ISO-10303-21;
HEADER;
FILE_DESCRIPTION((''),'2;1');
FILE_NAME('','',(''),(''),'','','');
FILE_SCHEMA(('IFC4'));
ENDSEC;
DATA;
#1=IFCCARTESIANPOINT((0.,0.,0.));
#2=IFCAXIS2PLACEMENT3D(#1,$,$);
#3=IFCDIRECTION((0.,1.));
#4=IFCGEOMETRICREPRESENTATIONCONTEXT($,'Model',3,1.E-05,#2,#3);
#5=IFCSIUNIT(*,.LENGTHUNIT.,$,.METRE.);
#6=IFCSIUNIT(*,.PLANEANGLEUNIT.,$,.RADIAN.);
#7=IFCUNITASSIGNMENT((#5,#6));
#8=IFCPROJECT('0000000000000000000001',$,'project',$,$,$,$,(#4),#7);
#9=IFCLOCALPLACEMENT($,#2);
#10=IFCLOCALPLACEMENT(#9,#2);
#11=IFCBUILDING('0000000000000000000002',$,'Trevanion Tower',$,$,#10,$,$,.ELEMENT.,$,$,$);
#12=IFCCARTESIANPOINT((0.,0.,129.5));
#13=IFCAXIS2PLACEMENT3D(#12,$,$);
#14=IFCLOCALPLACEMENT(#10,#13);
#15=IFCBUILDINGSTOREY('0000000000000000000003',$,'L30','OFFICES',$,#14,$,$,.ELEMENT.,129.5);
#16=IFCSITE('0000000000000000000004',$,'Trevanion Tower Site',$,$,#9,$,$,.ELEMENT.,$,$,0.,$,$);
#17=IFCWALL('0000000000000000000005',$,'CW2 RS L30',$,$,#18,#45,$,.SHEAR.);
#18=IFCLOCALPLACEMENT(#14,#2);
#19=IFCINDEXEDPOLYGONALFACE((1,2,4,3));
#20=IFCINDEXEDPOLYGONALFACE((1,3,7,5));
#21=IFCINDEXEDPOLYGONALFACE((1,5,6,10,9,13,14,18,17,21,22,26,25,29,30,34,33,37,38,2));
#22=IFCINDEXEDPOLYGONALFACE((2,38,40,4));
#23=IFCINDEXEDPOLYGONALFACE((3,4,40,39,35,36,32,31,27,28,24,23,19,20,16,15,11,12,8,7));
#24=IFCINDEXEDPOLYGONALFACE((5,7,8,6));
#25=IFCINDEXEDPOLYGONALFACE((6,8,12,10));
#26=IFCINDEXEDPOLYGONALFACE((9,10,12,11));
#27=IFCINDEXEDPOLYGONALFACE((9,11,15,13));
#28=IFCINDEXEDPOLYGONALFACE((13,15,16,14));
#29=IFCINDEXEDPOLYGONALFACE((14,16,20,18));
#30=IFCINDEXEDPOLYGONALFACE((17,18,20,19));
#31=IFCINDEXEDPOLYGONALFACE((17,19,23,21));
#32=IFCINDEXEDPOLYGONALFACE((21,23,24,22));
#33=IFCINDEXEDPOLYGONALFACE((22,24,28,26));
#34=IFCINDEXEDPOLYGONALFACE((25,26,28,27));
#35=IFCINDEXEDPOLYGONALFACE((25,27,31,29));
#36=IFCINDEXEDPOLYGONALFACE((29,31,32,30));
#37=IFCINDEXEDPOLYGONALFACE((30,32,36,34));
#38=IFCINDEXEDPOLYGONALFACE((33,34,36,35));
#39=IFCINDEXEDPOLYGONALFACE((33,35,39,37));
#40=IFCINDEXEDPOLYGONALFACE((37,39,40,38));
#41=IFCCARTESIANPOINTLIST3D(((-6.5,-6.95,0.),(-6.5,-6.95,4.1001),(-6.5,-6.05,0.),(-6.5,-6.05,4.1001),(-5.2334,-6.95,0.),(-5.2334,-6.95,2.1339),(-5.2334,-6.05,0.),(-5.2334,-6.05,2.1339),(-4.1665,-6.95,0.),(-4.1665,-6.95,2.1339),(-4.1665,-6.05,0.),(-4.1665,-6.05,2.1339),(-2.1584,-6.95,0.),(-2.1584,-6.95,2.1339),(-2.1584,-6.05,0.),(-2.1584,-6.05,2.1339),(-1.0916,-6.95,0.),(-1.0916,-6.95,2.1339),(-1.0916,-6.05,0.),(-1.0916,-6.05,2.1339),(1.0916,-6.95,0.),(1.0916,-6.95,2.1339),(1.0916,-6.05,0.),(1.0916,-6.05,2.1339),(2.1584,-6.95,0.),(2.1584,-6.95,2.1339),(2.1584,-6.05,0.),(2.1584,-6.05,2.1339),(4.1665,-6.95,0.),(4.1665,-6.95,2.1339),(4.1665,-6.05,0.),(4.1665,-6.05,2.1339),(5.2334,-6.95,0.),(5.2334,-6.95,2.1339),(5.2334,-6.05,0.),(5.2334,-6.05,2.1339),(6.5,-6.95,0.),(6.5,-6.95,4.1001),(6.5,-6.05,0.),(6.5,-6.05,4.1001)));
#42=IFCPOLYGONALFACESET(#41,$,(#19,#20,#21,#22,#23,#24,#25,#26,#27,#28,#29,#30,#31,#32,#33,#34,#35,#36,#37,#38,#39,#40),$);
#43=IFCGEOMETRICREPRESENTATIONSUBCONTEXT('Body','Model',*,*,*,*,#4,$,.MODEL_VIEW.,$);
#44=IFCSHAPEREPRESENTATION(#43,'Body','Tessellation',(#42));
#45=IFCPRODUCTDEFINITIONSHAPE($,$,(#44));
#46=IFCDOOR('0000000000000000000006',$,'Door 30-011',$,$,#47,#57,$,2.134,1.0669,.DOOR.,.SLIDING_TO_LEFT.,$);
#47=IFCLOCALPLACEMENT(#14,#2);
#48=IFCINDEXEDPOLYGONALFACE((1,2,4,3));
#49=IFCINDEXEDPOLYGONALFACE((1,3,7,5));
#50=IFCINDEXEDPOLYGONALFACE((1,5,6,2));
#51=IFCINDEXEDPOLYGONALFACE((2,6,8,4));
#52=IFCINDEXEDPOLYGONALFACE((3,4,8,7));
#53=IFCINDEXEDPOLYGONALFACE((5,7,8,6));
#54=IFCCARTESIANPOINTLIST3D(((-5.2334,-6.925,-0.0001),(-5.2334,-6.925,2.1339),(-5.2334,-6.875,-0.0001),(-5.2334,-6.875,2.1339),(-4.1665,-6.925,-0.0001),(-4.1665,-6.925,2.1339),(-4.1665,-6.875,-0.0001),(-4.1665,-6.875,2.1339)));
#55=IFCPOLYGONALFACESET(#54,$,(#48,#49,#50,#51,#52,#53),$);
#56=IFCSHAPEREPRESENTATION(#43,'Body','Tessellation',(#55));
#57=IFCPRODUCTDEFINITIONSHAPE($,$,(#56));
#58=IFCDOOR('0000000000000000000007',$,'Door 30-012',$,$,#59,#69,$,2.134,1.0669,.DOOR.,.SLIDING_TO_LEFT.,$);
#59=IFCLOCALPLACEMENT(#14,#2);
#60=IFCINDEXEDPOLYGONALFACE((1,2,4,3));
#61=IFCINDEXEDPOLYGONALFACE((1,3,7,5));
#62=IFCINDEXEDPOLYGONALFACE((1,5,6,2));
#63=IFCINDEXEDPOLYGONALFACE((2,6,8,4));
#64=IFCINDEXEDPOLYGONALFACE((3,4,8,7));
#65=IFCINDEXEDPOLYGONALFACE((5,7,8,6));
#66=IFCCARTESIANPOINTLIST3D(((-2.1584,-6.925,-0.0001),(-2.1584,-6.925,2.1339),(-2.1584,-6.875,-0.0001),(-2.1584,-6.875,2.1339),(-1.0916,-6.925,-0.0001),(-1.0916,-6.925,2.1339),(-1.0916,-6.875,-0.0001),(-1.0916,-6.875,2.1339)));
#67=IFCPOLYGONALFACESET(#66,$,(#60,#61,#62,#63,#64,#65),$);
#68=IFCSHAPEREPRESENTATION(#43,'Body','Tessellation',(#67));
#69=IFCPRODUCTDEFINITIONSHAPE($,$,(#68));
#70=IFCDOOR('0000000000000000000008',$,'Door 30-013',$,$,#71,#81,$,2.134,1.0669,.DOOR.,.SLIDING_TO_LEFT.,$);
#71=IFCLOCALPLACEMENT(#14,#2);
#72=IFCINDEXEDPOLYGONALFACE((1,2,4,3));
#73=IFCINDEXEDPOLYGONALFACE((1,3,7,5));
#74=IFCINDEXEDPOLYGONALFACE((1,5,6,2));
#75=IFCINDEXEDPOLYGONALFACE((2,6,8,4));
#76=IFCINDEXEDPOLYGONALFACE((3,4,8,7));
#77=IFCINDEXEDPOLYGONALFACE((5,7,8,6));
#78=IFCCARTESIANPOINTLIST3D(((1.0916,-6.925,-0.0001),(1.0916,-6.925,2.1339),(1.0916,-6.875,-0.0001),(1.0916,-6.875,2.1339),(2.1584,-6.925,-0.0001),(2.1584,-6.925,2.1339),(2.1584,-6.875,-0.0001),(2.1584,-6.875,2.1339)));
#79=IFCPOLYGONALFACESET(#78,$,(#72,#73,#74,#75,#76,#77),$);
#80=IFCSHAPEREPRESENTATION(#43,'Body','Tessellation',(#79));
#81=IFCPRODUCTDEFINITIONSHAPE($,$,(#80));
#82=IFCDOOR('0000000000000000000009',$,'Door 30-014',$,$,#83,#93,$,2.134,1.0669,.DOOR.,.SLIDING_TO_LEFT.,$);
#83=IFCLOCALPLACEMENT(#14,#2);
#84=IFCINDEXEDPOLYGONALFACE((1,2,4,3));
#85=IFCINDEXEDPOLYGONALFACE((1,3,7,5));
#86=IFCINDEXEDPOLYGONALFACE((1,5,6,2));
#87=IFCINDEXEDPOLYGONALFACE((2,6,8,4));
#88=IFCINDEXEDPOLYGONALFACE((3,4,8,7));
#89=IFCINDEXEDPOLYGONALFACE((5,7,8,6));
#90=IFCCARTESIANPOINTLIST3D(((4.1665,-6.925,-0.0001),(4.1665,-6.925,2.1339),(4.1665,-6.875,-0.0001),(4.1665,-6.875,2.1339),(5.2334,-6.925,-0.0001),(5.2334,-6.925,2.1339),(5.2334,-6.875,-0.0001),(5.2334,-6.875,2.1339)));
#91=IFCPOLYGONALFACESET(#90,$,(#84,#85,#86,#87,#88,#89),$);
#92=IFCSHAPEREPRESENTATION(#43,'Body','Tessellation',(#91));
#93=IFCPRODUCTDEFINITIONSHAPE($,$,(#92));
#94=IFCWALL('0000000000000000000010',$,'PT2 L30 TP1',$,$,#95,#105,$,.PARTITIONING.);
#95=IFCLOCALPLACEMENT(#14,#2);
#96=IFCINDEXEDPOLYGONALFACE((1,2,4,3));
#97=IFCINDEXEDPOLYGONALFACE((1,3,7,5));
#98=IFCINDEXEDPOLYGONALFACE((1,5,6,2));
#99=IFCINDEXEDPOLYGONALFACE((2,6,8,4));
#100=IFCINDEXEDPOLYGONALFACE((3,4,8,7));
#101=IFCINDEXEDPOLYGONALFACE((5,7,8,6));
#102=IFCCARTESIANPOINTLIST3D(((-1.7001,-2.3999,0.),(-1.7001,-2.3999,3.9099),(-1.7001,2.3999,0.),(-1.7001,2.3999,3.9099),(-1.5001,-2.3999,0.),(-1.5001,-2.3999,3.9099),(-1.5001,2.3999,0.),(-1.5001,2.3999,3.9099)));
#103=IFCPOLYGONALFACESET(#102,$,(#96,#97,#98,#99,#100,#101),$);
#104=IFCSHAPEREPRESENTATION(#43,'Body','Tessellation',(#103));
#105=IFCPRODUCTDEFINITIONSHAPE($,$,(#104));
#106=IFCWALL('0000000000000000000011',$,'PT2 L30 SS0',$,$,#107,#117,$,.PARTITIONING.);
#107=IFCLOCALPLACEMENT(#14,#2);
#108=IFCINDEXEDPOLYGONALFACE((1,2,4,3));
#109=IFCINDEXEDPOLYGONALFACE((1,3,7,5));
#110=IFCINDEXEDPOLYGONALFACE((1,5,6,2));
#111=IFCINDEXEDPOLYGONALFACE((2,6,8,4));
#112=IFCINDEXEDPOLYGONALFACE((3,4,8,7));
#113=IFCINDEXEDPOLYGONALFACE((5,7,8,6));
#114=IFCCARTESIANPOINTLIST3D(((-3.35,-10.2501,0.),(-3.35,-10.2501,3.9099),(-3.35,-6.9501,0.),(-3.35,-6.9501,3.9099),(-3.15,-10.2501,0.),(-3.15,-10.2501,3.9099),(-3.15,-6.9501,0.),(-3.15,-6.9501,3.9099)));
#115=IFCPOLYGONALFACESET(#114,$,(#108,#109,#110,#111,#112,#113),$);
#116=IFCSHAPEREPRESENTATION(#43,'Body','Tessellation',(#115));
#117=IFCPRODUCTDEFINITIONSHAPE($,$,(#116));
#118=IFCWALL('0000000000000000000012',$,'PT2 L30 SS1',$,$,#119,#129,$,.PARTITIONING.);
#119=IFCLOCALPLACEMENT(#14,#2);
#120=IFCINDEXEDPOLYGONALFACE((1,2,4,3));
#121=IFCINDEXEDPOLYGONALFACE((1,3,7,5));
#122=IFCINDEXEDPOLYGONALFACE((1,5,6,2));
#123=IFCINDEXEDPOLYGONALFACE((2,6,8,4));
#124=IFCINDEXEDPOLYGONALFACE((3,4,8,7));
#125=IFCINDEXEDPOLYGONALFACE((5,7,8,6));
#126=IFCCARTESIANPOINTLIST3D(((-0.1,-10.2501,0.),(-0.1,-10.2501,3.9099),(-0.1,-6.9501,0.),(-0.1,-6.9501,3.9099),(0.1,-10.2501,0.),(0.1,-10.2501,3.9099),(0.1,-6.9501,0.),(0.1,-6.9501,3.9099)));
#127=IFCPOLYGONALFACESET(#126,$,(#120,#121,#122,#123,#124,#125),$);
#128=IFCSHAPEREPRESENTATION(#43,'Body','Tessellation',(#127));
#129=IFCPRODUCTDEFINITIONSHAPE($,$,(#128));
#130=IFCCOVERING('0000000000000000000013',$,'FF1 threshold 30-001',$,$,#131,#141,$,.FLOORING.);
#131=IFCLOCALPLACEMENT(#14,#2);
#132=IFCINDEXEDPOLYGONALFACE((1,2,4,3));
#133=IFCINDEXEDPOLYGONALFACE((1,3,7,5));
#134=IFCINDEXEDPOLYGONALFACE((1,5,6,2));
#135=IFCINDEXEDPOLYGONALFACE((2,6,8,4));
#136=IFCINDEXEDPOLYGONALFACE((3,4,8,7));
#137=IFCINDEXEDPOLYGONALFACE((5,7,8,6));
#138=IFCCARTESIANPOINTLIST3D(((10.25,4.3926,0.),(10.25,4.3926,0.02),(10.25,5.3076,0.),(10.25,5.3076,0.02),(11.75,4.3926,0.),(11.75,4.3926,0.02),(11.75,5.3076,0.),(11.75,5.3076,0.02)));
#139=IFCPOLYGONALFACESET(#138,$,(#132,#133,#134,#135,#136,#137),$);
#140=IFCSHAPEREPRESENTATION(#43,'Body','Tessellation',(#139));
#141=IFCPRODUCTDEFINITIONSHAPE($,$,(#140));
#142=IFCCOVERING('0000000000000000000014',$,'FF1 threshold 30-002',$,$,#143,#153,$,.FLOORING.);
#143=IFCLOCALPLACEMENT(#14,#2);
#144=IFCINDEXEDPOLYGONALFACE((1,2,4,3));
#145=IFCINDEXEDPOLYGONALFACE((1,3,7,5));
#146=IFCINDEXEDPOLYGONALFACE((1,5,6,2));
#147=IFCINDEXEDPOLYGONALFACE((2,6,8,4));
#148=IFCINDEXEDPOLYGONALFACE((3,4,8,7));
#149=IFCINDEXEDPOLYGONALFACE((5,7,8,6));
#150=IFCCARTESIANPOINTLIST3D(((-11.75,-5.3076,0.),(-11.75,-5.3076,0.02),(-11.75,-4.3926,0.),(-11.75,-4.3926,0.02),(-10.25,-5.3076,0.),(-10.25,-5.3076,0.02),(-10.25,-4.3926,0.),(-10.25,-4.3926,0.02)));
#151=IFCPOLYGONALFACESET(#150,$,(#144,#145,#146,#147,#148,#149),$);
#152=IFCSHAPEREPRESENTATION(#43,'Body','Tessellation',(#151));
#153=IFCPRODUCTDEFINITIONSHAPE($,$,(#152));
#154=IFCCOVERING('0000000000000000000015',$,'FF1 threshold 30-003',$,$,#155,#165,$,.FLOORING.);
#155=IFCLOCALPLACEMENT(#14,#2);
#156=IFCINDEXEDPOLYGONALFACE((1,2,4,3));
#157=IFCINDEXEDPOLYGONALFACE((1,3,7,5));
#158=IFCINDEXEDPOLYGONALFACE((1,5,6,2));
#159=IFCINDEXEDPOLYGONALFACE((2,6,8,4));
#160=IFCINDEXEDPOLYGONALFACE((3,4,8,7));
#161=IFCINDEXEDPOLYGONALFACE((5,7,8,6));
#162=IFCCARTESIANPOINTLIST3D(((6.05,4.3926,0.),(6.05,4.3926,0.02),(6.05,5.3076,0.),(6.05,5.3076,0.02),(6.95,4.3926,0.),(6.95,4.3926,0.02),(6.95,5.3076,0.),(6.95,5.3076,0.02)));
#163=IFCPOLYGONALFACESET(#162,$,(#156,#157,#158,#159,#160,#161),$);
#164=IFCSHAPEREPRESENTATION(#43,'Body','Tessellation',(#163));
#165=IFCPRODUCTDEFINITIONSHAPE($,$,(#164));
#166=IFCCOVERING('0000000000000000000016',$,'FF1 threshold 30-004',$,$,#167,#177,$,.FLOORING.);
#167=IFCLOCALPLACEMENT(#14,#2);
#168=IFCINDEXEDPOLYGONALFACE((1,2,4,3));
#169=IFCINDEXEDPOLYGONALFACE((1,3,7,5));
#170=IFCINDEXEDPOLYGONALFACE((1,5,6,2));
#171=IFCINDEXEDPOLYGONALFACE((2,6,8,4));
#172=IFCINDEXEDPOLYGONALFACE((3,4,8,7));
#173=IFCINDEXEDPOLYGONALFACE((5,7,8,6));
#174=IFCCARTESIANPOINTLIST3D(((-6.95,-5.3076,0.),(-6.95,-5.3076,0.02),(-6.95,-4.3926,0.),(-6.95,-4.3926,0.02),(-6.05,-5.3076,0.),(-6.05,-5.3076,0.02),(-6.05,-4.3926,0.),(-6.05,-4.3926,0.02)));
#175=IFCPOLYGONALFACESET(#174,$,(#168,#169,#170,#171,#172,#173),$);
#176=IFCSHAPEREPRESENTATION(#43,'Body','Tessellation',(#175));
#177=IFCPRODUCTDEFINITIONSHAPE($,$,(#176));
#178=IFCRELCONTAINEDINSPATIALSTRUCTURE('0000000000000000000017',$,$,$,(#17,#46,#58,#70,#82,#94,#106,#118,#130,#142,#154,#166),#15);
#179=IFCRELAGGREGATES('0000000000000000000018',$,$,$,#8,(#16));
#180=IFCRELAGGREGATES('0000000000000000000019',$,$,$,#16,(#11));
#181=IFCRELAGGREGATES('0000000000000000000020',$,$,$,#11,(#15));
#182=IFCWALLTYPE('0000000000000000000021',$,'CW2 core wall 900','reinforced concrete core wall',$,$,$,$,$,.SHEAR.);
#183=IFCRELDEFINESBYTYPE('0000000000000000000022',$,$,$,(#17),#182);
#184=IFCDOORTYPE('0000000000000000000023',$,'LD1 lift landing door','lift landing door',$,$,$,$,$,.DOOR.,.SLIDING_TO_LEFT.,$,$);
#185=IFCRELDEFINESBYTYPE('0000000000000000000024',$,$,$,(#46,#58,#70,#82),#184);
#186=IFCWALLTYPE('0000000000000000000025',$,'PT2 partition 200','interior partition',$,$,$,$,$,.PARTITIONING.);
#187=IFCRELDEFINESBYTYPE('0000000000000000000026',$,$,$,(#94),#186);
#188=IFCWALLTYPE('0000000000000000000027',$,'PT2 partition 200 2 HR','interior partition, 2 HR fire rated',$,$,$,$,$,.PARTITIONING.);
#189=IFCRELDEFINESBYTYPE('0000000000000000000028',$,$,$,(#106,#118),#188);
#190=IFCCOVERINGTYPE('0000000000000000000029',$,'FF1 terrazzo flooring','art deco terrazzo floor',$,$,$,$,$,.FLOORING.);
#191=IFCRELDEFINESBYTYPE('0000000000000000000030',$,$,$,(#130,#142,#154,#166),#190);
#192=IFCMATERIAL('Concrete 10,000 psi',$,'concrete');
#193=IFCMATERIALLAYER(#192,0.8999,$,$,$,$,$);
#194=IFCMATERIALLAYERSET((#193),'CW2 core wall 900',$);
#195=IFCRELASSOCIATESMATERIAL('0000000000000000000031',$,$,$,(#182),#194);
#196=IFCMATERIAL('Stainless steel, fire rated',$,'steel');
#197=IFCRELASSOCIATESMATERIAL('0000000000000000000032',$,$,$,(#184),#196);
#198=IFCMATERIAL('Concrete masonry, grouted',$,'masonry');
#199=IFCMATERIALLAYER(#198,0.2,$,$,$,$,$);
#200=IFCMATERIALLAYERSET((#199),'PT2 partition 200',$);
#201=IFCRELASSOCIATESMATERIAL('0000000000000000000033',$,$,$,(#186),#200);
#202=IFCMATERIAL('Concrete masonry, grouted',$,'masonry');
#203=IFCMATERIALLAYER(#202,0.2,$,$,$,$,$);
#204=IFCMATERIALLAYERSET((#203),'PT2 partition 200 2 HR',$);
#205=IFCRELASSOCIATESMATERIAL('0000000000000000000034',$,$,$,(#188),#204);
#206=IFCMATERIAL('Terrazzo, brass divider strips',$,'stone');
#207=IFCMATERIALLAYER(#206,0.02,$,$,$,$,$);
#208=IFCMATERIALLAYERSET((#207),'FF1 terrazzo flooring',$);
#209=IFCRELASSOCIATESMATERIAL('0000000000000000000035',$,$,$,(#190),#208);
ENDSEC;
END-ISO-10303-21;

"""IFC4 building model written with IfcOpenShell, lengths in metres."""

from ifc_helpers import new_model, si_unit, direction, frame, frame_2d, origin, place, context, subcontext, project, spatial, polyline, rectangle, outline, extrude, material, layer, layer_set, type_object, element, fill, save


model = new_model("IFC4")

# Units and contexts
model_context = context("Model", 3, precision=1e-05, world=origin(), true_north=direction((0.0, 1.0)))
body_context = subcontext(model_context, "Body", "Model", "MODEL_VIEW")
ifc_project = project(units=[si_unit("LENGTHUNIT", "METRE"), si_unit("PLANEANGLEUNIT", "RADIAN")], contexts=[model_context])

# Site, building, storey
site_placement = place(None, origin())
site = spatial("IfcSite", under=ifc_project, at=site_placement, Name="Trevanion Tower Site", CompositionType="ELEMENT", RefElevation=0.0)
building_placement = place(site_placement, origin())
building = spatial("IfcBuilding", under=site, at=building_placement, Name="Trevanion Tower", CompositionType="ELEMENT")
storey_placement = place(building_placement, frame((0.0, 0.0, 129.5)))
storey = spatial("IfcBuildingStorey", under=building, at=storey_placement, Name="L30", Description="OFFICES", CompositionType="ELEMENT", Elevation=129.5)

# Wall, openings, doors
ifc_material_1 = material(Name="Concrete 10,000 psi", Category="concrete")
ifc_layer_1 = layer(ifc_material_1, 0.8999)
ifc_layer_set_1 = layer_set([ifc_layer_1], Name="CW2 core wall 900")
wall_type_1 = type_object("IfcWallType", Name="CW2 core wall 900", Description="reinforced concrete core wall", PredefinedType="SHEAR", material=ifc_layer_set_1)
wall_1_placement = place(storey_placement, frame((-6.5, -6.5, 0.0), z_axis=(0.0, 0.0, 1.0), x_axis=(1.0, 0.0, 0.0)))
wall_1 = element("IfcWall", 1, at=wall_1_placement, inside=storey, type_object=wall_type_1, Name="CW2 RS L30", PredefinedType="SHEAR", context=body_context, shape_type="SweptSolid", body=[
    extrude(rectangle(XDim=13.0, YDim=0.8999, at=frame_2d((6.5, 0.0))), origin(), (0.0, 0.0, 1.0), 4.1001),
])
opening_1_placement = place(wall_1_placement, frame((1.2666, 0.0, 0.0)))
opening_1 = element("IfcOpeningElement", 2, at=opening_1_placement, cuts=wall_1, PredefinedType="OPENING", context=body_context, shape_type="SweptSolid", body=[
    extrude(rectangle(XDim=1.0669, YDim=2.134, at=frame_2d((0.5334, 1.0669))), frame((0.0, 0.46, 0.0), z_axis=(0.0, -1.0, 0.0), x_axis=(1.0, 0.0, 0.0)), (0.0, 0.0, 1.0), 0.9199),
])
opening_2_placement = place(wall_1_placement, frame((4.3416, 0.0, 0.0)))
opening_2 = element("IfcOpeningElement", 3, at=opening_2_placement, cuts=wall_1, PredefinedType="OPENING", context=body_context, shape_type="SweptSolid", body=[
    extrude(rectangle(XDim=1.0669, YDim=2.134, at=frame_2d((0.5334, 1.0669))), frame((0.0, 0.46, 0.0), z_axis=(0.0, -1.0, 0.0), x_axis=(1.0, 0.0, 0.0)), (0.0, 0.0, 1.0), 0.9199),
])
opening_3_placement = place(wall_1_placement, frame((7.5916, 0.0, 0.0)))
opening_3 = element("IfcOpeningElement", 4, at=opening_3_placement, cuts=wall_1, PredefinedType="OPENING", context=body_context, shape_type="SweptSolid", body=[
    extrude(rectangle(XDim=1.0669, YDim=2.134, at=frame_2d((0.5334, 1.0669))), frame((0.0, 0.46, 0.0), z_axis=(0.0, -1.0, 0.0), x_axis=(1.0, 0.0, 0.0)), (0.0, 0.0, 1.0), 0.9199),
])
opening_4_placement = place(wall_1_placement, frame((10.6665, 0.0, 0.0)))
opening_4 = element("IfcOpeningElement", 5, at=opening_4_placement, cuts=wall_1, PredefinedType="OPENING", context=body_context, shape_type="SweptSolid", body=[
    extrude(rectangle(XDim=1.0669, YDim=2.134, at=frame_2d((0.5334, 1.0669))), frame((0.0, 0.46, 0.0), z_axis=(0.0, -1.0, 0.0), x_axis=(1.0, 0.0, 0.0)), (0.0, 0.0, 1.0), 0.9199),
])
ifc_material_2 = material(Name="Stainless steel, fire rated", Category="steel")
door_type = type_object("IfcDoorType", Name="LD1 lift landing door", Description="lift landing door", OperationType="SLIDING_TO_LEFT", PredefinedType="DOOR", material=ifc_material_2)
door_1_placement = place(opening_1_placement, origin())
door_1 = element("IfcDoor", 6, at=door_1_placement, inside=storey, type_object=door_type, Name="Door 30-011", OperationType="SLIDING_TO_LEFT", OverallHeight=2.134, OverallWidth=1.0669, PredefinedType="DOOR", context=body_context, shape_type="SweptSolid", body=[
    extrude(rectangle(XDim=1.0669, YDim=2.134, at=frame_2d((0.5334, 1.0669))), frame((0.0, -0.375, 0.0), z_axis=(0.0, -1.0, 0.0), x_axis=(1.0, 0.0, 0.0)), (0.0, 0.0, 1.0), 0.05),
])
fill(opening_1, door_1)
door_2_placement = place(opening_2_placement, origin())
door_2 = element("IfcDoor", 7, at=door_2_placement, inside=storey, type_object=door_type, Name="Door 30-012", OperationType="SLIDING_TO_LEFT", OverallHeight=2.134, OverallWidth=1.0669, PredefinedType="DOOR", context=body_context, shape_type="SweptSolid", body=[
    extrude(rectangle(XDim=1.0669, YDim=2.134, at=frame_2d((0.5334, 1.0669))), frame((0.0, -0.375, 0.0), z_axis=(0.0, -1.0, 0.0), x_axis=(1.0, 0.0, 0.0)), (0.0, 0.0, 1.0), 0.05),
])
fill(opening_2, door_2)
door_3_placement = place(opening_3_placement, origin())
door_3 = element("IfcDoor", 8, at=door_3_placement, inside=storey, type_object=door_type, Name="Door 30-013", OperationType="SLIDING_TO_LEFT", OverallHeight=2.134, OverallWidth=1.0669, PredefinedType="DOOR", context=body_context, shape_type="SweptSolid", body=[
    extrude(rectangle(XDim=1.0669, YDim=2.134, at=frame_2d((0.5334, 1.0669))), frame((0.0, -0.375, 0.0), z_axis=(0.0, -1.0, 0.0), x_axis=(1.0, 0.0, 0.0)), (0.0, 0.0, 1.0), 0.05),
])
fill(opening_3, door_3)
door_4_placement = place(opening_4_placement, origin())
door_4 = element("IfcDoor", 9, at=door_4_placement, inside=storey, type_object=door_type, Name="Door 30-014", OperationType="SLIDING_TO_LEFT", OverallHeight=2.134, OverallWidth=1.0669, PredefinedType="DOOR", context=body_context, shape_type="SweptSolid", body=[
    extrude(rectangle(XDim=1.0669, YDim=2.134, at=frame_2d((0.5334, 1.0669))), frame((0.0, -0.375, 0.0), z_axis=(0.0, -1.0, 0.0), x_axis=(1.0, 0.0, 0.0)), (0.0, 0.0, 1.0), 0.05),
])
fill(opening_4, door_4)

# Walls
ifc_material_3 = material(Name="Concrete masonry, grouted", Category="masonry")
ifc_layer_2 = layer(ifc_material_3, 0.2)
ifc_layer_set_2 = layer_set([ifc_layer_2], Name="PT2 partition 200")
wall_type_2 = type_object("IfcWallType", Name="PT2 partition 200", Description="interior partition", PredefinedType="PARTITIONING", material=ifc_layer_set_2)
wall_2_placement = place(storey_placement, frame((-1.6001, -2.3999, 0.0), z_axis=(0.0, 0.0, 1.0), x_axis=(0.0, 1.0, 0.0)))
element("IfcWall", 10, at=wall_2_placement, inside=storey, type_object=wall_type_2, Name="PT2 L30 TP1", PredefinedType="PARTITIONING", context=body_context, shape_type="SweptSolid", body=[
    extrude(rectangle(XDim=4.7998, YDim=0.2, at=frame_2d((2.3999, 0.0))), origin(), (0.0, 0.0, 1.0), 3.9099),
])
ifc_material_4 = material(Name="Concrete masonry, grouted", Category="masonry")
ifc_layer_3 = layer(ifc_material_4, 0.2)
ifc_layer_set_3 = layer_set([ifc_layer_3], Name="PT2 partition 200 2 HR")
wall_type_3 = type_object("IfcWallType", Name="PT2 partition 200 2 HR", Description="interior partition, 2 HR fire rated", PredefinedType="PARTITIONING", material=ifc_layer_set_3)
for number, where, z_axis, x_axis, name in (
    (11, (-3.25, -10.25, 0.0), (0.0, 0.0, 1.0), (0.0, 1.0, 0.0), "PT2 L30 SS0"),
    (12, (0.0, -10.25, 0.0), (0.0, 0.0, 1.0), (0.0, 1.0, 0.0), "PT2 L30 SS1"),
):
    element("IfcWall", number, at=place(storey_placement, frame(where, z_axis=z_axis, x_axis=x_axis)), inside=storey, type_object=wall_type_3, Name=name, PredefinedType="PARTITIONING", context=body_context, shape_type="SweptSolid", body=[
        extrude(rectangle(XDim=3.3, YDim=0.2, at=frame_2d((1.6499, 0.0))), origin(), (0.0, 0.0, 1.0), 3.9099),
    ])

# Coverings
ifc_material_5 = material(Name="Terrazzo, brass divider strips", Category="stone")
ifc_layer_4 = layer(ifc_material_5, 0.02)
ifc_layer_set_4 = layer_set([ifc_layer_4], Name="FF1 terrazzo flooring")
covering_type = type_object("IfcCoveringType", Name="FF1 terrazzo flooring", Description="art deco terrazzo floor", PredefinedType="FLOORING", material=ifc_layer_set_4)
covering_1_placement = place(storey_placement, origin())
element("IfcCovering", 13, at=covering_1_placement, inside=storey, type_object=covering_type, Name="FF1 threshold 30-001", PredefinedType="FLOORING", context=body_context, shape_type="SweptSolid", body=[
    extrude(outline(polyline([(11.75, 4.3926), (11.75, 5.3076), (10.25, 5.3076), (10.25, 4.3926), (11.75, 4.3926)])), origin(), (0.0, 0.0, 1.0), 0.02),
])
covering_2_placement = place(storey_placement, origin())
element("IfcCovering", 14, at=covering_2_placement, inside=storey, type_object=covering_type, Name="FF1 threshold 30-002", PredefinedType="FLOORING", context=body_context, shape_type="SweptSolid", body=[
    extrude(outline(polyline([(-11.75, -4.3926), (-11.75, -5.3076), (-10.25, -5.3076), (-10.25, -4.3926), (-11.75, -4.3926)])), origin(), (0.0, 0.0, 1.0), 0.02),
])
covering_3_placement = place(storey_placement, origin())
element("IfcCovering", 15, at=covering_3_placement, inside=storey, type_object=covering_type, Name="FF1 threshold 30-003", PredefinedType="FLOORING", context=body_context, shape_type="SweptSolid", body=[
    extrude(outline(polyline([(6.95, 4.3926), (6.95, 5.3076), (6.05, 5.3076), (6.05, 4.3926), (6.95, 4.3926)])), origin(), (0.0, 0.0, 1.0), 0.02),
])
covering_4_placement = place(storey_placement, origin())
element("IfcCovering", 16, at=covering_4_placement, inside=storey, type_object=covering_type, Name="FF1 threshold 30-004", PredefinedType="FLOORING", context=body_context, shape_type="SweptSolid", body=[
    extrude(outline(polyline([(-6.95, -4.3926), (-6.95, -5.3076), (-6.05, -5.3076), (-6.05, -4.3926), (-6.95, -4.3926)])), origin(), (0.0, 0.0, 1.0), 0.02),
])

save(model, "model.ifc")
